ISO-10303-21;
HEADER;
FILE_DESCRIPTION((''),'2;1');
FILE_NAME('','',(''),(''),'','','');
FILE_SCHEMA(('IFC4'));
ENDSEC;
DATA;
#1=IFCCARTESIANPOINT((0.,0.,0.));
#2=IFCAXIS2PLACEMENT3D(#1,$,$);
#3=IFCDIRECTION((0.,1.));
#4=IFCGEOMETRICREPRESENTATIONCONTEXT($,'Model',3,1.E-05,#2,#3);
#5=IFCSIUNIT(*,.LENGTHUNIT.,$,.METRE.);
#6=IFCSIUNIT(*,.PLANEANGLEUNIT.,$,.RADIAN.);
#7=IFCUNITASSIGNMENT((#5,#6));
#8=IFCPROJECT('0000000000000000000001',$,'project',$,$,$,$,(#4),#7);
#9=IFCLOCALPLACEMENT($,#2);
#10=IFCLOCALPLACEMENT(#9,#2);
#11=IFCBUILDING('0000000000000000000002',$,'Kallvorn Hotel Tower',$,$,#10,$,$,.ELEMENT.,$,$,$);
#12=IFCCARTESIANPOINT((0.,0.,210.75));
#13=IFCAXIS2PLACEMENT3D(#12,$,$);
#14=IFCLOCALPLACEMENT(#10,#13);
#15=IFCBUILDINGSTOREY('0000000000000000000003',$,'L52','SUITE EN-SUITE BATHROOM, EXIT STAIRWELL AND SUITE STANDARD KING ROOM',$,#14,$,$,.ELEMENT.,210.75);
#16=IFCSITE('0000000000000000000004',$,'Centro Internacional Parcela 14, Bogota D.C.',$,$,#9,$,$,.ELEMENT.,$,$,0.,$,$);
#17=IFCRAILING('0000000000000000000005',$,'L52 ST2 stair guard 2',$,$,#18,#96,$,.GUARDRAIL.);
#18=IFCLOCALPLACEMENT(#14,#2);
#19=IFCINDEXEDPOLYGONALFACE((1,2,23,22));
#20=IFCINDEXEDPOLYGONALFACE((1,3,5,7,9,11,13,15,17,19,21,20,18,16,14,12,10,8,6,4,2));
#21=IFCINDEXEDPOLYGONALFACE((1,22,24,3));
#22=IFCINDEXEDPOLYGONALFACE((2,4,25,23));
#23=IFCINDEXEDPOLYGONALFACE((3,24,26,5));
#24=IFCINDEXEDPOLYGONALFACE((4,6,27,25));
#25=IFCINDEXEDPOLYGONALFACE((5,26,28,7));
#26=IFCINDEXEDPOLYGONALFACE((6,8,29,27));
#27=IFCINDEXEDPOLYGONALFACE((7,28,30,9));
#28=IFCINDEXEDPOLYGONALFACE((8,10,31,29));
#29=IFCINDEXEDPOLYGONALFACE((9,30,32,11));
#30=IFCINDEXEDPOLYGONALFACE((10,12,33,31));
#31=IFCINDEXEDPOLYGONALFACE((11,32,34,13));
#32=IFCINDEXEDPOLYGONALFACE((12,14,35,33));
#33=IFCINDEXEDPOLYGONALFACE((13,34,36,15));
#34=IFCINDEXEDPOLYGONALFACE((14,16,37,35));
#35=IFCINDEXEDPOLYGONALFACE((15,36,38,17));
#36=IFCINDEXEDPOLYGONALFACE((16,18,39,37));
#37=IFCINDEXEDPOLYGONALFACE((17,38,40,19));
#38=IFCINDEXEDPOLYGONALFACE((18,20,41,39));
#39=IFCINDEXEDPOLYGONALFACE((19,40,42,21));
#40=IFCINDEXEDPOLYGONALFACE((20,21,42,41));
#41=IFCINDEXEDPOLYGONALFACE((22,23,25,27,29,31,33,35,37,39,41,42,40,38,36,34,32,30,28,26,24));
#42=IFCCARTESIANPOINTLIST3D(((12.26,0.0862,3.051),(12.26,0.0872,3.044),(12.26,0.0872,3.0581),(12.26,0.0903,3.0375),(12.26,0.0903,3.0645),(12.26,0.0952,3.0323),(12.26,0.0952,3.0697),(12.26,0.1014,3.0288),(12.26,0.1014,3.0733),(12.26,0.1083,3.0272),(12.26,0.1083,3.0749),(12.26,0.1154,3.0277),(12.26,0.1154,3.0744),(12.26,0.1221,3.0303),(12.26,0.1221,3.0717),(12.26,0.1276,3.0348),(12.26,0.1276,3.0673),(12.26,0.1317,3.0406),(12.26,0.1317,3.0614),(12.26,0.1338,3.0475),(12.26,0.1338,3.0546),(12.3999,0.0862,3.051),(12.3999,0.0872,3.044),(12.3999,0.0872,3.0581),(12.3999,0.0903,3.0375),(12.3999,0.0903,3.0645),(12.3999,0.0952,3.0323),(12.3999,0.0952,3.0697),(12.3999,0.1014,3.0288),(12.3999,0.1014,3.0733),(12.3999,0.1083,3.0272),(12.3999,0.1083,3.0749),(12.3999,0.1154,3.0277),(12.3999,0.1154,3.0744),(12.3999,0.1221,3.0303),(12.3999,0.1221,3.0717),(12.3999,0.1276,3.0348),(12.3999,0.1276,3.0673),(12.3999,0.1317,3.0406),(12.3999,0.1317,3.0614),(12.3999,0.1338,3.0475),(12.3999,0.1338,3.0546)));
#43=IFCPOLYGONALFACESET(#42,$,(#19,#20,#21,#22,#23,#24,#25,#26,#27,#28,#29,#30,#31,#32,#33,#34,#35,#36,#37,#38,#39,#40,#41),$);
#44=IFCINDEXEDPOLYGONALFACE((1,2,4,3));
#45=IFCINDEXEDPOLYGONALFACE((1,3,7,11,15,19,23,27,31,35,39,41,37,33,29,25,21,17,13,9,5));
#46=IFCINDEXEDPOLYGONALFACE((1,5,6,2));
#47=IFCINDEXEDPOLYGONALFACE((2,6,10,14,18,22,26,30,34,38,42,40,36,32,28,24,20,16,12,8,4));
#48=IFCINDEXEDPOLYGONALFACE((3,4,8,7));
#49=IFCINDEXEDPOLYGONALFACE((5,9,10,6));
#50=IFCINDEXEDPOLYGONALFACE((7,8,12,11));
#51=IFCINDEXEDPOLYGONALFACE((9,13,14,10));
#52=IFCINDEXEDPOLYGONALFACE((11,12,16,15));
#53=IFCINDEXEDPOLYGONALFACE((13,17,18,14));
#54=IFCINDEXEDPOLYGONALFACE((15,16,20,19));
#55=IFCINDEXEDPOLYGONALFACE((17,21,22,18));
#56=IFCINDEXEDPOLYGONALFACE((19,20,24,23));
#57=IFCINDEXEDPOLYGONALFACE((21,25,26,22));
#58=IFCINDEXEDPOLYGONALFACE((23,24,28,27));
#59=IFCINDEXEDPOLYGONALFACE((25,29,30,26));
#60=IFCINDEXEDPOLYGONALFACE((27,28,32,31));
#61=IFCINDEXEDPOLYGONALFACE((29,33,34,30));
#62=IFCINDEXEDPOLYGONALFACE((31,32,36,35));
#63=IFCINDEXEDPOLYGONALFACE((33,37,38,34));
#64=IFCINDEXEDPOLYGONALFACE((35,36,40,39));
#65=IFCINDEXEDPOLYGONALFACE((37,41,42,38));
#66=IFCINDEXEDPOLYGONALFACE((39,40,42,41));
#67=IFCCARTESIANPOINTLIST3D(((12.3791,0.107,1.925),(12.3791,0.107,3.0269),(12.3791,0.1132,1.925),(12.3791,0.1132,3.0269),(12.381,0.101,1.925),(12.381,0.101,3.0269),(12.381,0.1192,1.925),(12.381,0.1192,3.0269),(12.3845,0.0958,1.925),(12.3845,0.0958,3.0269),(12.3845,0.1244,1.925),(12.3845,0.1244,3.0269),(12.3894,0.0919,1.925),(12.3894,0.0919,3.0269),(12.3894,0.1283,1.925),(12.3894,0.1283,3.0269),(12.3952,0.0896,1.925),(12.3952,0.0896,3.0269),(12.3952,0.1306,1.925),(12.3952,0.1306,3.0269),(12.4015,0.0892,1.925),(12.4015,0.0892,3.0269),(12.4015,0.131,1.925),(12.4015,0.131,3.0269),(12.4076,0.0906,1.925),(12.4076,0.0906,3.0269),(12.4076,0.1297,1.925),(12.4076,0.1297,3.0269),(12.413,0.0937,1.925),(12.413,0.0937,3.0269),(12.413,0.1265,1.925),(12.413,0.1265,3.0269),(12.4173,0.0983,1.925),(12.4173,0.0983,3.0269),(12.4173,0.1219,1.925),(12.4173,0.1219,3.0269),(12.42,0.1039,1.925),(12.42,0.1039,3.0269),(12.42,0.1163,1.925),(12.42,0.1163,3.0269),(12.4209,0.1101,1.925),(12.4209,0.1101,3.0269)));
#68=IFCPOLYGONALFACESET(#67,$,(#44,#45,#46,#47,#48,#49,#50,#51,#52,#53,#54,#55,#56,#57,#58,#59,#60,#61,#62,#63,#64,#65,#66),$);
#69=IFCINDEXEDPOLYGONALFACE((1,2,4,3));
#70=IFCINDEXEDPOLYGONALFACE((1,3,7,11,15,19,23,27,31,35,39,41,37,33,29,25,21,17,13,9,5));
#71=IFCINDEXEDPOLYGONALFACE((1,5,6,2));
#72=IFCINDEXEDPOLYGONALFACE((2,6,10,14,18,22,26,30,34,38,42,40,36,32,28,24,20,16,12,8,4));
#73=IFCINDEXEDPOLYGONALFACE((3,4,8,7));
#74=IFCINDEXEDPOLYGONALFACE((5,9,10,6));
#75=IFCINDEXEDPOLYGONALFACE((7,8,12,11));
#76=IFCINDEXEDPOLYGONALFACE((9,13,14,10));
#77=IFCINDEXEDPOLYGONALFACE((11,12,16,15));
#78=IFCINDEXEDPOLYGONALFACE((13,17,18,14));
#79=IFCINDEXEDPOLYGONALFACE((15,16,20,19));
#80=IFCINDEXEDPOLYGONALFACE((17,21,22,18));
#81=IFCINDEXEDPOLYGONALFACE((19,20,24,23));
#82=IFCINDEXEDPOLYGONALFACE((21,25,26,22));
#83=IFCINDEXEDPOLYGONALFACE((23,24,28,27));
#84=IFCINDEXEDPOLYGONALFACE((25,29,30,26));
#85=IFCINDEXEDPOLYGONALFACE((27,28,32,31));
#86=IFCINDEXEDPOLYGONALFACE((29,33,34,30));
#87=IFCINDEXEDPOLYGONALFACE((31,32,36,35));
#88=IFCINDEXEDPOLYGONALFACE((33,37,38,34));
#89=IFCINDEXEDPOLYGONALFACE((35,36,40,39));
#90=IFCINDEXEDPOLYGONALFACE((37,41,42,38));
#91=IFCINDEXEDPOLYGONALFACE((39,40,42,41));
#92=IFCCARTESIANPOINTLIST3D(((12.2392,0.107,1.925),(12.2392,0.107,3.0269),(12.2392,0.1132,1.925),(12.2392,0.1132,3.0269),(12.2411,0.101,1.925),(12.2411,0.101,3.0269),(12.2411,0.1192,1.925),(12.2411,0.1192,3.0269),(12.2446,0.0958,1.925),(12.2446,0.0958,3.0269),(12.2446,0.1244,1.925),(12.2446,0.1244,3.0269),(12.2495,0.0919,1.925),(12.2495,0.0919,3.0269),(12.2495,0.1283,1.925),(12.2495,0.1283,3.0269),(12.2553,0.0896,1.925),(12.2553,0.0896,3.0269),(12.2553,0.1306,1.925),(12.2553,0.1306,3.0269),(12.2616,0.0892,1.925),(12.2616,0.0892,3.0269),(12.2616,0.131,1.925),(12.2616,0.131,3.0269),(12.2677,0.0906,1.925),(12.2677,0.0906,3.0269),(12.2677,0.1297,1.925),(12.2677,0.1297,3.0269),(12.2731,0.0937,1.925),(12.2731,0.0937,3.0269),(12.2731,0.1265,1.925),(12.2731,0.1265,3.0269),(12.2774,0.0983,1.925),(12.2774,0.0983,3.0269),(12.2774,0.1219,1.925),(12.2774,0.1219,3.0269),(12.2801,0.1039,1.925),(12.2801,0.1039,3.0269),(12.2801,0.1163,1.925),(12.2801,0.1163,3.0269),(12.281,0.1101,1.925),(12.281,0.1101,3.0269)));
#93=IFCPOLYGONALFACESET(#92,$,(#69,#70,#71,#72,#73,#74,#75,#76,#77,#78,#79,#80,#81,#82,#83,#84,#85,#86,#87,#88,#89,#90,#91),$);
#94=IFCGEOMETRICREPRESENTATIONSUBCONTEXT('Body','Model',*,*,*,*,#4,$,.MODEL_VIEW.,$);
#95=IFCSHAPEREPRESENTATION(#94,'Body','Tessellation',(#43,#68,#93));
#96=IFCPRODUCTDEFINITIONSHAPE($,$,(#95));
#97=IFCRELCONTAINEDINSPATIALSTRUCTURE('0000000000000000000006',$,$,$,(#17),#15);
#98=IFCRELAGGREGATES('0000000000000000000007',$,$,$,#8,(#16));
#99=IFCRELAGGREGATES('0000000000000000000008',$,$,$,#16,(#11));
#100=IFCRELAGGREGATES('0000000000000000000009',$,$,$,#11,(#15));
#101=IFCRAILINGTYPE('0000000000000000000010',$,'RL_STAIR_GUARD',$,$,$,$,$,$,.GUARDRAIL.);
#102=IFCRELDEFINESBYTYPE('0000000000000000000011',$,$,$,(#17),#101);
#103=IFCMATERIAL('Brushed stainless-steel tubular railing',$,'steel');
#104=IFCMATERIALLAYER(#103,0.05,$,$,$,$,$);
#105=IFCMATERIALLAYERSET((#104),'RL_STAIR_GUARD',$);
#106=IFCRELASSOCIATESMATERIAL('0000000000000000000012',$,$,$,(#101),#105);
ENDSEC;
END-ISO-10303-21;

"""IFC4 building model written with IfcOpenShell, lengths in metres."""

from ifc_helpers import new_model, si_unit, direction, frame, origin, origin_2d, place, context, subcontext, project, spatial, circle, extrude, material, layer, layer_set, type_object, element, save


model = new_model("IFC4")

# Units and contexts
model_context = context("Model", 3, precision=1e-05, world=origin(), true_north=direction((0.0, 1.0)))
body_context = subcontext(model_context, "Body", "Model", "MODEL_VIEW")
ifc_project = project(units=[si_unit("LENGTHUNIT", "METRE"), si_unit("PLANEANGLEUNIT", "RADIAN")], contexts=[model_context])

# Site, building, storey
site_placement = place(None, origin())
site = spatial("IfcSite", under=ifc_project, at=site_placement, Name="Centro Internacional Parcela 14, Bogota D.C.", CompositionType="ELEMENT", RefElevation=0.0)
building_placement = place(site_placement, origin())
building = spatial("IfcBuilding", under=site, at=building_placement, Name="Kallvorn Hotel Tower", CompositionType="ELEMENT")
storey_placement = place(building_placement, frame((0.0, 0.0, 210.75)))
storey = spatial("IfcBuildingStorey", under=building, at=storey_placement, Name="L52", Description="SUITE EN-SUITE BATHROOM, EXIT STAIRWELL AND SUITE STANDARD KING ROOM", CompositionType="ELEMENT", Elevation=210.75)

# Railing
ifc_material_1 = material(Name="Brushed stainless-steel tubular railing", Category="steel")
ifc_layer_1 = layer(ifc_material_1, 0.05)
ifc_layer_set_1 = layer_set([ifc_layer_1], Name="RL_STAIR_GUARD")
railing_type_1 = type_object("IfcRailingType", Name="RL_STAIR_GUARD", PredefinedType="GUARDRAIL", material=ifc_layer_set_1)
railing_1_placement = place(storey_placement, frame((12.3999, 0.1101, 1.925)))
element("IfcRailing", 1, at=railing_1_placement, inside=storey, type_object=railing_type_1, Name="L52 ST2 stair guard 2", PredefinedType="GUARDRAIL", context=body_context, shape_type="SweptSolid", body=[
    extrude(circle(Radius=0.0239, at=origin_2d()), frame((0.0, 0.0, 1.126), z_axis=(-1.0, 0.0, 0.0), x_axis=(0.0, -1.0, 0.0)), (0.0, 0.0, 1.0), 0.1399),
    extrude(circle(Radius=0.021, at=origin_2d()), origin(), (0.0, 0.0, 1.0), 1.1018),
    extrude(circle(Radius=0.021, at=origin_2d()), frame((-0.1399, 0.0, 0.0)), (0.0, 0.0, 1.0), 1.1018),
])

save(model, "model.ifc")
